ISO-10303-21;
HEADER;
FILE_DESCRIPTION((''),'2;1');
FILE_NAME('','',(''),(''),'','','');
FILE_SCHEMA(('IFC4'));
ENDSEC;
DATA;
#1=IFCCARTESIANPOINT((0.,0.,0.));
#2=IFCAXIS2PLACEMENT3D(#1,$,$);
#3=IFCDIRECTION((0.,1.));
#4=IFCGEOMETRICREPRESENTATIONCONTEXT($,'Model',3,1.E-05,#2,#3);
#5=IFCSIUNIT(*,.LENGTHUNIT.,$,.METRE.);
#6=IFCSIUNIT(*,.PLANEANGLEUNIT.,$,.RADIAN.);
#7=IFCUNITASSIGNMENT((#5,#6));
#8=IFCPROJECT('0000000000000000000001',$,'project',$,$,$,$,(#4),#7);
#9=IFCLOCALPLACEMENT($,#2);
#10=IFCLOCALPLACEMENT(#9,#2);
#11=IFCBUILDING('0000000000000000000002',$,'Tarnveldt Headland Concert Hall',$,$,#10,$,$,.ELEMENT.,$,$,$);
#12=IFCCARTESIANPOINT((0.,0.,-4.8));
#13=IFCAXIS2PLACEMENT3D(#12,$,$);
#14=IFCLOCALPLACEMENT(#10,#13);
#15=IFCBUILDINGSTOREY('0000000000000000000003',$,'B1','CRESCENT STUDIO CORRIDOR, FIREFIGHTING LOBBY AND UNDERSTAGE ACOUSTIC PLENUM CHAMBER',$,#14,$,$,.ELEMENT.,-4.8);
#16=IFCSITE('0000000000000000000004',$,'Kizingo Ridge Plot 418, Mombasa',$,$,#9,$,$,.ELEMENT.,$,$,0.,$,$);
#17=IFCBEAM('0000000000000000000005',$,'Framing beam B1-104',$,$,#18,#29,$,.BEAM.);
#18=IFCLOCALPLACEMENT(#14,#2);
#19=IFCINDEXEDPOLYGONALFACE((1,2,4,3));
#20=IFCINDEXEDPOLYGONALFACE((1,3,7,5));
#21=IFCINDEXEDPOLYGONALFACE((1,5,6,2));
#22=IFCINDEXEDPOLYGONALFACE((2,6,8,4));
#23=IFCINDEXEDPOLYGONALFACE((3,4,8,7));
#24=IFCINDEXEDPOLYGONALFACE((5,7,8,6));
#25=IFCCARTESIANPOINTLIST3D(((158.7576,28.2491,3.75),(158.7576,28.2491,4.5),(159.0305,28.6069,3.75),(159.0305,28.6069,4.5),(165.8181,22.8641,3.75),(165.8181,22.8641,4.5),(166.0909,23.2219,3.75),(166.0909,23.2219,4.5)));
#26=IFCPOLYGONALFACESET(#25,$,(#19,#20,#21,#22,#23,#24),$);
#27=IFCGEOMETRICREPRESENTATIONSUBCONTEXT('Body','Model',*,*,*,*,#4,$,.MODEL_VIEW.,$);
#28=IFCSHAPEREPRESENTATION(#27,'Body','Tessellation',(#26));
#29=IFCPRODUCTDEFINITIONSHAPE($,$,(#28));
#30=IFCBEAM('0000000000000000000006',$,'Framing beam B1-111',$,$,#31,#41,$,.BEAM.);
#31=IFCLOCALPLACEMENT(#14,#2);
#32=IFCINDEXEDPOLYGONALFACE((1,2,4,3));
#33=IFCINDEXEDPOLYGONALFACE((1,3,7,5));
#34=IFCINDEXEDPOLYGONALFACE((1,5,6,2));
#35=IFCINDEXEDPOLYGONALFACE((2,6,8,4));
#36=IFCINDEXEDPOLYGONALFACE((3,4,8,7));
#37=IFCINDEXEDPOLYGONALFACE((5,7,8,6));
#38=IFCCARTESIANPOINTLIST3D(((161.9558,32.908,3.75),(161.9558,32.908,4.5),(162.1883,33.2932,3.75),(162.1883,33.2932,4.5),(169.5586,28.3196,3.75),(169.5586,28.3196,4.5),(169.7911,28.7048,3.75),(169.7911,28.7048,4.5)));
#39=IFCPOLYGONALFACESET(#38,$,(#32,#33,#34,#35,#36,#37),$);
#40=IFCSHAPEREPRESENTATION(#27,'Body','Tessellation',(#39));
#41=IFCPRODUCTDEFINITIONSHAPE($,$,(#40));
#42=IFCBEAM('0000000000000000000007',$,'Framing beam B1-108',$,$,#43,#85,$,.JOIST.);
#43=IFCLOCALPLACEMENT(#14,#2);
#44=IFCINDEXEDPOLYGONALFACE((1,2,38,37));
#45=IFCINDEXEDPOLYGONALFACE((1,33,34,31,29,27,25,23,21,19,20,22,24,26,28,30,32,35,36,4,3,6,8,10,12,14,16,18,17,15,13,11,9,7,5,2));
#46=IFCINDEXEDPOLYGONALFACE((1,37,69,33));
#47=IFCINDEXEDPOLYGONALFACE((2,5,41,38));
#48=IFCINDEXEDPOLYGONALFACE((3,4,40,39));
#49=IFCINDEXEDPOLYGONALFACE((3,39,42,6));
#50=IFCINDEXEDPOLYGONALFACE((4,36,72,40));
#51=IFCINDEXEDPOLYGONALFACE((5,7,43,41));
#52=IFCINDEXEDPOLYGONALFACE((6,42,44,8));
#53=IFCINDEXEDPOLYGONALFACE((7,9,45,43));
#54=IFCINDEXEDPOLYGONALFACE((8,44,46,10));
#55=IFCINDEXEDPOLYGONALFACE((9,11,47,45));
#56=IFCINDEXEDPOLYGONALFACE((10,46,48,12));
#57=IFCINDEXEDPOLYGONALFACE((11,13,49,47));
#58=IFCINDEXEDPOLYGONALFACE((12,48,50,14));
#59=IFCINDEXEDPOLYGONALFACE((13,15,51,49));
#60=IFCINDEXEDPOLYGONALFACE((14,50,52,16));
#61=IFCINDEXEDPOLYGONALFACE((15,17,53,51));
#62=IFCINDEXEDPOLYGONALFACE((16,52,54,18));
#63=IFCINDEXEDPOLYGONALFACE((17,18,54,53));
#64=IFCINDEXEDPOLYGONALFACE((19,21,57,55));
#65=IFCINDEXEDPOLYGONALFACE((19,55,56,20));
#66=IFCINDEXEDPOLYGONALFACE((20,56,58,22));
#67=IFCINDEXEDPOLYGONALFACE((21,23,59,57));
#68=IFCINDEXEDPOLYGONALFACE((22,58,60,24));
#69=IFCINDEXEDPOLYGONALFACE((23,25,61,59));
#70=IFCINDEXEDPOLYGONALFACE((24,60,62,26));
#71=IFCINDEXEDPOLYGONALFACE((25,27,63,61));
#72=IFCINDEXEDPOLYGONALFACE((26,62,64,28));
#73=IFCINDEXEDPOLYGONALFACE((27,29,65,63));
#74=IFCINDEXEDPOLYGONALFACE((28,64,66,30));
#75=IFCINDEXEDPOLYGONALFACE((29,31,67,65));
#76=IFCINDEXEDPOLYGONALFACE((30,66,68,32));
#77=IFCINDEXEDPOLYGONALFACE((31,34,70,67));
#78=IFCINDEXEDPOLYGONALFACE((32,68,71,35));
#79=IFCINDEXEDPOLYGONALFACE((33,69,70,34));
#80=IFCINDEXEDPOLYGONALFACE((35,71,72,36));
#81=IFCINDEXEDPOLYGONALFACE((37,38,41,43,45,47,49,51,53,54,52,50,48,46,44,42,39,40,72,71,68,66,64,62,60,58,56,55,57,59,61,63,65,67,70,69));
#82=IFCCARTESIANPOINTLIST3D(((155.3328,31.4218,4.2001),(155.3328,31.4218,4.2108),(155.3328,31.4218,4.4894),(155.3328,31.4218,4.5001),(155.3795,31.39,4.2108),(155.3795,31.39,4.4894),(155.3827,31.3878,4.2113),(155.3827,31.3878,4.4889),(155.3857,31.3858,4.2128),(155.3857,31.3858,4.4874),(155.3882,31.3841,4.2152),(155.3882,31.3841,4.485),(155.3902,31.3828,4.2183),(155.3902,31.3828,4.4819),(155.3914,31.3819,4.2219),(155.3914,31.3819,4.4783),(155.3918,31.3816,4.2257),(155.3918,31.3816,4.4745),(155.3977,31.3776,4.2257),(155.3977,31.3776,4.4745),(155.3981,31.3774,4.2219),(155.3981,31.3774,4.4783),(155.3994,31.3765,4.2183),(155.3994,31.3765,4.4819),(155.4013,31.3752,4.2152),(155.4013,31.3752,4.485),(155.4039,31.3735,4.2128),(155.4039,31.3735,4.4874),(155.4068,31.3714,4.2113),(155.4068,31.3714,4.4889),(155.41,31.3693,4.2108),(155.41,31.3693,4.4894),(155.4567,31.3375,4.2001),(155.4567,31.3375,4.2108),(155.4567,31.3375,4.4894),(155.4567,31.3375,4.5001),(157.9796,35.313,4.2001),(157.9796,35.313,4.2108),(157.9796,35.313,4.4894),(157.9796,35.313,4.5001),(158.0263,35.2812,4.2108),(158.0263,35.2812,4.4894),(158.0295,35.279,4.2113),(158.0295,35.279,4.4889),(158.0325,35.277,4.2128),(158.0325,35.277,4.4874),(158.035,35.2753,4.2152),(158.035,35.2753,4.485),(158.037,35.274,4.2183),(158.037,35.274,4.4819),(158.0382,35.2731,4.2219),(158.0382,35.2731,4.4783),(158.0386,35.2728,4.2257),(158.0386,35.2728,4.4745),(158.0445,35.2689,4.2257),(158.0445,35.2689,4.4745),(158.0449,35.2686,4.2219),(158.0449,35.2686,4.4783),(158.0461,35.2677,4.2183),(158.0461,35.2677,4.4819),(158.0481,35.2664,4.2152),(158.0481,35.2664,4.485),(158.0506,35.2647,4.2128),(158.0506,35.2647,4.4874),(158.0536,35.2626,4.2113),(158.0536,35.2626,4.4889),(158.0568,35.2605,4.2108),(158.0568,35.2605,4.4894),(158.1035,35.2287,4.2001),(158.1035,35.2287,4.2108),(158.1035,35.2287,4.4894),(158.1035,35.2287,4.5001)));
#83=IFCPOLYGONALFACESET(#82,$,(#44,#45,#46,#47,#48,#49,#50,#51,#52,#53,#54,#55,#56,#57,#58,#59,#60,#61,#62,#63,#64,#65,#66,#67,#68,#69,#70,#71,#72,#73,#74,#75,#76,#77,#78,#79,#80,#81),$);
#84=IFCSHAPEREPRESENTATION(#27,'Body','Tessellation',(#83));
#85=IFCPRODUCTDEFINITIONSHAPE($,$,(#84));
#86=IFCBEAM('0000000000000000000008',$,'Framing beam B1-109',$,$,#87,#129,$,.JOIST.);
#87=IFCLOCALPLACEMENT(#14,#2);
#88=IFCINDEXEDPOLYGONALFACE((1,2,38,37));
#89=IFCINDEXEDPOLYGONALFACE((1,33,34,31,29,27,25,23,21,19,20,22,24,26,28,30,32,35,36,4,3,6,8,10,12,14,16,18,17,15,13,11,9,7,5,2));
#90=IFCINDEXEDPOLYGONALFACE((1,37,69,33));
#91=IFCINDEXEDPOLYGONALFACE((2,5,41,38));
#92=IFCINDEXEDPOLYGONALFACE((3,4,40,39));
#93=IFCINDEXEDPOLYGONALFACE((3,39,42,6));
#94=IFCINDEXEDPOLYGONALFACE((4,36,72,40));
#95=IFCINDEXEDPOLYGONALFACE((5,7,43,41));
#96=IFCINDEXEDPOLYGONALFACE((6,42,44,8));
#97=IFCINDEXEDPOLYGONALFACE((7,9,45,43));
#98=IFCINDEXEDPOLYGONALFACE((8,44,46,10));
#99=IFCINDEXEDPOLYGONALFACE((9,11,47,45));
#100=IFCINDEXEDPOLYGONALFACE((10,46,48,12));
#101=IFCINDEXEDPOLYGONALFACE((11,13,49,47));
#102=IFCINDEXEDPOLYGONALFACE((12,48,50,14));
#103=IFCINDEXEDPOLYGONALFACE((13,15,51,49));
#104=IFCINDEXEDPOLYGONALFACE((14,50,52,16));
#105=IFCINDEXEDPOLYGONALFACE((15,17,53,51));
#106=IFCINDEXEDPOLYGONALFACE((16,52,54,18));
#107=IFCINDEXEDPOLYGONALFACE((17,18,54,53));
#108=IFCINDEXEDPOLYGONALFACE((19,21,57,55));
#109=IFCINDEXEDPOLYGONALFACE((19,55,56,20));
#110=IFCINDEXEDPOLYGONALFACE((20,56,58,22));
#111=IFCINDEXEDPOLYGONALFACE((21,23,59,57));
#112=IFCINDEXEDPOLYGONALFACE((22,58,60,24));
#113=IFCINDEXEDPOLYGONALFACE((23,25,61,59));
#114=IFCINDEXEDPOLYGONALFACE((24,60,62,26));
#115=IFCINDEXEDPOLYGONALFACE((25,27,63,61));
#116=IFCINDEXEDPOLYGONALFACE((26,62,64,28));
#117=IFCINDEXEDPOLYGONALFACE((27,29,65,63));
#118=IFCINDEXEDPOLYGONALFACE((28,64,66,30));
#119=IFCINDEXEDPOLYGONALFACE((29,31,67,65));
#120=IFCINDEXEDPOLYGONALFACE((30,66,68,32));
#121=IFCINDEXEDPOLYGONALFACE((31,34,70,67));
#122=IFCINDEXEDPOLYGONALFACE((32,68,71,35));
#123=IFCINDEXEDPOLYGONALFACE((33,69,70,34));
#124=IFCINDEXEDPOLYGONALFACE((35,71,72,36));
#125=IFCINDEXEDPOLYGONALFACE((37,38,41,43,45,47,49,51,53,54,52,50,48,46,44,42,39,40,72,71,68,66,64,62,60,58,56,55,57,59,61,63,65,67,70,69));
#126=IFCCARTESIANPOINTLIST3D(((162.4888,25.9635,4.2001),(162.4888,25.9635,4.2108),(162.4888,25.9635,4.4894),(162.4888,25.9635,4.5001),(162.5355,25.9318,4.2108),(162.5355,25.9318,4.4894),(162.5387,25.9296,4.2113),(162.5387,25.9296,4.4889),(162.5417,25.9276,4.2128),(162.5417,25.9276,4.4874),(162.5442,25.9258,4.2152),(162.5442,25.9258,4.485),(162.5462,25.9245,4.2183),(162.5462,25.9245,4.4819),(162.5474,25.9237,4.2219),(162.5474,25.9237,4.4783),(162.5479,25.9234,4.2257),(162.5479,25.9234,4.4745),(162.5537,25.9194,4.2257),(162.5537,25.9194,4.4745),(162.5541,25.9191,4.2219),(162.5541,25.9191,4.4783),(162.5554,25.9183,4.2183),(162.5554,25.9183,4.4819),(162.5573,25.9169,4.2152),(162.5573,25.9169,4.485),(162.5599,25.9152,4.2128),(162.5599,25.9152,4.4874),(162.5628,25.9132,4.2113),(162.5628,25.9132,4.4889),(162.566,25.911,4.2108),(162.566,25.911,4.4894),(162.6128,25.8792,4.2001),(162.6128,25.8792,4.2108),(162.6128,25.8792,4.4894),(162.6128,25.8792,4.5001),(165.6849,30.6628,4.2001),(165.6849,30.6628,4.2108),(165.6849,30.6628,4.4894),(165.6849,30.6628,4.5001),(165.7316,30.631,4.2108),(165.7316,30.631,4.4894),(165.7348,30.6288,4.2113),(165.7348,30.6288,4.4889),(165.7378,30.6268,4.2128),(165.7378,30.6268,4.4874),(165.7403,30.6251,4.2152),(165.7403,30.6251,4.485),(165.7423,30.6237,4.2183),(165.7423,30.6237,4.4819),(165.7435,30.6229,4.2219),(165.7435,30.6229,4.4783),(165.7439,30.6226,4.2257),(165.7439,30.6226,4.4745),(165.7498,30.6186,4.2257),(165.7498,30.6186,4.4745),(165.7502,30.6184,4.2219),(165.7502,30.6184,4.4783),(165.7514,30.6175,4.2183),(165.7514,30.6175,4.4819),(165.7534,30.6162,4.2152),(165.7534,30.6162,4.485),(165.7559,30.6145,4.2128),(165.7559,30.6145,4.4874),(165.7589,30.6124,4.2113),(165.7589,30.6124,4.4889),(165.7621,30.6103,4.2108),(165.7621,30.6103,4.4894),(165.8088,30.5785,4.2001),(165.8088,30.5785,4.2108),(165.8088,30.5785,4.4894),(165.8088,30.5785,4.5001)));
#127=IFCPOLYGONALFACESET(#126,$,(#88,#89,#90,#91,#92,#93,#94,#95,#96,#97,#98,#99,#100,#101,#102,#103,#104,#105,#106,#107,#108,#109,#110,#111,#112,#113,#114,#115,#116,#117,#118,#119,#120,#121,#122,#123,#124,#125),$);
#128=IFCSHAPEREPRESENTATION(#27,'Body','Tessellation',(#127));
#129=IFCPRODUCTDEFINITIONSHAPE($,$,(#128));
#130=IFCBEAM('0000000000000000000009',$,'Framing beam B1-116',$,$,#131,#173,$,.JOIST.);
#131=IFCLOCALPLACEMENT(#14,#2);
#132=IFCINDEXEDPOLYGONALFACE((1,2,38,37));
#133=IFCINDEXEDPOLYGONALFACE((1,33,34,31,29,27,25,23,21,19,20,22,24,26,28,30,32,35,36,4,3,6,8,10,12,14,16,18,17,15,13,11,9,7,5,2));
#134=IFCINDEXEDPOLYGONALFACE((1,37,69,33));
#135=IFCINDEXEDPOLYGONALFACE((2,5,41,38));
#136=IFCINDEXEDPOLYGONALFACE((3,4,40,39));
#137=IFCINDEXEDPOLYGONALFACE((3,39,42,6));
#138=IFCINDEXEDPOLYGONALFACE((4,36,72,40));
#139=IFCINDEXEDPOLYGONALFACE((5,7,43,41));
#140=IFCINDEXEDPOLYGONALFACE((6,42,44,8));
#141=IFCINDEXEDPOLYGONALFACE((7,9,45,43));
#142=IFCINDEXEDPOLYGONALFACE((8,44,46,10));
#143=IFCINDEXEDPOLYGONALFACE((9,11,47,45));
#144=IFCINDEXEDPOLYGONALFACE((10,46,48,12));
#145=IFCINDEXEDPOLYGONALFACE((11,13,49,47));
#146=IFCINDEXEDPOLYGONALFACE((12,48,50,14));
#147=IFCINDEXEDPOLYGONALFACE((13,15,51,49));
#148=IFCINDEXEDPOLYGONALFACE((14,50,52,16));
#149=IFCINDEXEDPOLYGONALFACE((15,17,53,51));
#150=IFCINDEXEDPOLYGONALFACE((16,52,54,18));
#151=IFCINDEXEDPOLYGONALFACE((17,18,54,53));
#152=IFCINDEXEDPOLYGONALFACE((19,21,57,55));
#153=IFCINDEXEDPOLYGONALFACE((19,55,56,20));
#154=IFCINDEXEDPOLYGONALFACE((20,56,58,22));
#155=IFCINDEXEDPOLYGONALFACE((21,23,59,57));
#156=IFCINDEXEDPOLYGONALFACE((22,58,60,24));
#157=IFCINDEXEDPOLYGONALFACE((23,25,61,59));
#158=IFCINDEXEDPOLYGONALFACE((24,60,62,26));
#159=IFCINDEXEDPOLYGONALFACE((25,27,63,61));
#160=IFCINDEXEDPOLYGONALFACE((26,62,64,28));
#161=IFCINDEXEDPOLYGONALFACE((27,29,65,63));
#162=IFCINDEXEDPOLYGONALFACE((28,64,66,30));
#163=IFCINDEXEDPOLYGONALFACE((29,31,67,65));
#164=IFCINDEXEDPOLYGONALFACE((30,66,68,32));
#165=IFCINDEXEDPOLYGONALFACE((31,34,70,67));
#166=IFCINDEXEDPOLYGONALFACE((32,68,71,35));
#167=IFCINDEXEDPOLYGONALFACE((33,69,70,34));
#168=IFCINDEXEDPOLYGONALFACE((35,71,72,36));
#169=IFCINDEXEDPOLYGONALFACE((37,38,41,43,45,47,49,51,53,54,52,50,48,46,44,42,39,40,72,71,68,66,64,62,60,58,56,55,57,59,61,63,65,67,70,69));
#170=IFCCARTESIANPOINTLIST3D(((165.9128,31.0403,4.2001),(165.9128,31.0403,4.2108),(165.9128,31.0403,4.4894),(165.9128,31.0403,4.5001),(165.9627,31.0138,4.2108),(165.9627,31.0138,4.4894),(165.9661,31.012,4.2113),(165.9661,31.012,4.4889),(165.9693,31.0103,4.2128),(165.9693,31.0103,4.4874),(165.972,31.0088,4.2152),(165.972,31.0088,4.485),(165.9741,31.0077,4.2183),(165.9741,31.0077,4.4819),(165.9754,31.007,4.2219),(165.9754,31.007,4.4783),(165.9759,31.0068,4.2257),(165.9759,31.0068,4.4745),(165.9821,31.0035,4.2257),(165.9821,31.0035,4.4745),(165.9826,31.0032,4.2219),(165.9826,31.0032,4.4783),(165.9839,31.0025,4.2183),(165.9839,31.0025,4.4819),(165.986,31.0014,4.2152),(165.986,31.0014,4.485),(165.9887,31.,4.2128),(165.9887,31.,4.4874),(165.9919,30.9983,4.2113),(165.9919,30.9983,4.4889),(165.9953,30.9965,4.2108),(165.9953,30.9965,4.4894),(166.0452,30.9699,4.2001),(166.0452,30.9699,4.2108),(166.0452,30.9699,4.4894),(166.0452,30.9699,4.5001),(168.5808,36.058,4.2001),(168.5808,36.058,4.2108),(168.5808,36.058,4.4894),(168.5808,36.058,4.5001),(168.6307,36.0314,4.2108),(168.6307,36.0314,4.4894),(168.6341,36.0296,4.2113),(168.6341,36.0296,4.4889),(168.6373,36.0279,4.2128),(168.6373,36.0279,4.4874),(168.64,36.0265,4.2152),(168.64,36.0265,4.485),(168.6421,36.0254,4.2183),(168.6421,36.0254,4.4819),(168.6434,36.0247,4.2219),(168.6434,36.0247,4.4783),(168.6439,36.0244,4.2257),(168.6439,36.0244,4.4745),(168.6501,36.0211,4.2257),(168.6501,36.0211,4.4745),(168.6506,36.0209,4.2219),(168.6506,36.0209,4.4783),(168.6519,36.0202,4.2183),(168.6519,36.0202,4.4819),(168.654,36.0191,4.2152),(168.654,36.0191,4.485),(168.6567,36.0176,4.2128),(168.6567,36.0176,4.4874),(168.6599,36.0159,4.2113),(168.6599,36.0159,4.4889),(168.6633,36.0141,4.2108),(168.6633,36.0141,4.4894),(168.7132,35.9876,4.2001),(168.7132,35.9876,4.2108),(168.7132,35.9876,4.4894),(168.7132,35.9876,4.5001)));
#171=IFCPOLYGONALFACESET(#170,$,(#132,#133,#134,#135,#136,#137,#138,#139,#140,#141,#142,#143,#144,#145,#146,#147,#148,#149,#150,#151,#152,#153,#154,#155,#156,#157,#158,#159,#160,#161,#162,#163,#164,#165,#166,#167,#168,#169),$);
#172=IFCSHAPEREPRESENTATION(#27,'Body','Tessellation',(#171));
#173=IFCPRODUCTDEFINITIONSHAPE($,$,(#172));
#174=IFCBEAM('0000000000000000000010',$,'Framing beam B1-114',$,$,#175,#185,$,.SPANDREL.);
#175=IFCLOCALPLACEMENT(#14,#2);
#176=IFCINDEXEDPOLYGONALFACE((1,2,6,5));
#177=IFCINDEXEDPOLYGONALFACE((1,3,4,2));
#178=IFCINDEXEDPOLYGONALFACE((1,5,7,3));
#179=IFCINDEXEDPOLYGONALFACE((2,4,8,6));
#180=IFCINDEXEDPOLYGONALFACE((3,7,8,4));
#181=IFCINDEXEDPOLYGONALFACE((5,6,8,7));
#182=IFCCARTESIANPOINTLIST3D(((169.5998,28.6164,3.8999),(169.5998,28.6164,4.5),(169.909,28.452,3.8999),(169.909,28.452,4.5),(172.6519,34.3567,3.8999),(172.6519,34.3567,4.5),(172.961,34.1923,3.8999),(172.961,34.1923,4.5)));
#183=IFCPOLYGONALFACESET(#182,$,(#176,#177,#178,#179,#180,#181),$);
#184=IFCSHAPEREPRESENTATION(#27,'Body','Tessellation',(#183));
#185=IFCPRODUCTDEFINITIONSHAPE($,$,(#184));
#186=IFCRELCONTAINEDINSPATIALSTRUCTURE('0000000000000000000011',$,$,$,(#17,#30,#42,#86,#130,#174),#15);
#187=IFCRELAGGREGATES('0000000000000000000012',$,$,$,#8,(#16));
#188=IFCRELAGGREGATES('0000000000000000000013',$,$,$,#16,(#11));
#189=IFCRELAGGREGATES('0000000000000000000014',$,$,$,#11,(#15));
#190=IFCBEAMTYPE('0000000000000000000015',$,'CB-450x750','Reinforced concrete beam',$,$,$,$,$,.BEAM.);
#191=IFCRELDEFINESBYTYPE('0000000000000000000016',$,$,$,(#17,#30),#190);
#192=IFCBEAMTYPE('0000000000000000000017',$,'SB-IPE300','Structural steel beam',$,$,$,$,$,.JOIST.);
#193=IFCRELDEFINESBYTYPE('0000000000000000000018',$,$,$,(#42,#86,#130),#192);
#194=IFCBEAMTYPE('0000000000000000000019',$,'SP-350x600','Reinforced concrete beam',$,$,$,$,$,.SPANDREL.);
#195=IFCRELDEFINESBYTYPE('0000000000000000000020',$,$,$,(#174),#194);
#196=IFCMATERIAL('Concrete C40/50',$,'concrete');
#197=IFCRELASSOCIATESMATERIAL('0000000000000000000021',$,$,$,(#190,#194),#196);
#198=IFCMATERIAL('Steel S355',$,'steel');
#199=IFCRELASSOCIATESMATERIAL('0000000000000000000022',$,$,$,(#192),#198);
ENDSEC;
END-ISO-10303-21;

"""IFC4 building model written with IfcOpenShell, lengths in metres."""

from ifc_helpers import new_model, si_unit, direction, frame, origin, origin_2d, place, context, subcontext, project, spatial, rectangle, i_section, extrude, material, material_profile, profile_set, type_object, element, save


model = new_model("IFC4")

# Units and contexts
model_context = context("Model", 3, precision=1e-05, world=origin(), true_north=direction((0.0, 1.0)))
body_context = subcontext(model_context, "Body", "Model", "MODEL_VIEW")
ifc_project = project(units=[si_unit("LENGTHUNIT", "METRE"), si_unit("PLANEANGLEUNIT", "RADIAN")], contexts=[model_context])

# Site, building, storey
site_placement = place(None, origin())
site = spatial("IfcSite", under=ifc_project, at=site_placement, Name="Kizingo Ridge Plot 418, Mombasa", CompositionType="ELEMENT", RefElevation=0.0)
building_placement = place(site_placement, origin())
building = spatial("IfcBuilding", under=site, at=building_placement, Name="Tarnveldt Headland Concert Hall", CompositionType="ELEMENT")
storey_placement = place(building_placement, frame((0.0, 0.0, -4.8)))
storey = spatial("IfcBuildingStorey", under=building, at=storey_placement, Name="B1", Description="CRESCENT STUDIO CORRIDOR, FIREFIGHTING LOBBY AND UNDERSTAGE ACOUSTIC PLENUM CHAMBER", CompositionType="ELEMENT", Elevation=-4.8)

# Shared definitions
ifc_material_1 = material(Name="Concrete C40/50", Category="concrete")

# Beams
ifc_material_profile_1 = material_profile(ifc_material_1, rectangle(XDim=0.45, YDim=0.75, at=origin_2d()), Name="RC 450x750", Category="concrete")
ifc_profile_set_1 = profile_set([ifc_material_profile_1], Name="Concrete C40/50")
beam_type_1 = type_object("IfcBeamType", Name="CB-450x750", Description="Reinforced concrete beam", PredefinedType="BEAM", material=ifc_profile_set_1)
beam_1_placement = place(storey_placement, frame((158.894, 28.428, 4.125), z_axis=(0.795131, -0.606438, 0.0), x_axis=(0.606438, 0.795131, 0.0)))
element("IfcBeam", 1, at=beam_1_placement, inside=storey, type_object=beam_type_1, Name="Framing beam B1-104", PredefinedType="BEAM", context=body_context, shape_type="SweptSolid", body=[
    extrude(rectangle(XDim=0.45, YDim=0.75, at=origin_2d()), origin(), (0.0, 0.0, 1.0), 8.8796),
])
beam_2_placement = place(storey_placement, frame((162.072, 33.1006, 4.125), z_axis=(0.856163, -0.516706, 0.0), x_axis=(0.516706, 0.856163, 0.0)))
element("IfcBeam", 2, at=beam_2_placement, inside=storey, type_object=beam_type_1, Name="Framing beam B1-111", PredefinedType="BEAM", context=body_context, shape_type="SweptSolid", body=[
    extrude(rectangle(XDim=0.45, YDim=0.75, at=origin_2d()), origin(), (0.0, 0.0, 1.0), 8.8801),
])
ifc_material_2 = material(Name="Steel S355", Category="steel")
ifc_material_profile_2 = material_profile(ifc_material_2, i_section(OverallWidth=0.1499, OverallDepth=0.3, WebThickness=0.0071, FlangeThickness=0.0107, FilletRadius=0.0149, at=origin_2d()), Name="IPE300", Category="steel")
ifc_profile_set_2 = profile_set([ifc_material_profile_2], Name="Steel S355")
beam_type_2 = type_object("IfcBeamType", Name="SB-IPE300", Description="Structural steel beam", PredefinedType="JOIST", material=ifc_profile_set_2)
beam_3_placement = place(storey_placement, frame((155.3948, 31.3796, 4.3501), z_axis=(0.562422, 0.82685, 0.0), x_axis=(-0.82685, 0.562422, 0.0)))
element("IfcBeam", 3, at=beam_3_placement, inside=storey, type_object=beam_type_2, Name="Framing beam B1-108", PredefinedType="JOIST", context=body_context, shape_type="SweptSolid", body=[
    extrude(i_section(OverallWidth=0.1499, OverallDepth=0.3, WebThickness=0.0071, FlangeThickness=0.0107, FilletRadius=0.0149, at=origin_2d()), origin(), (0.0, 0.0, 1.0), 4.7061),
])
beam_4_placement = place(storey_placement, frame((162.5508, 25.9214, 4.3501), z_axis=(0.562379, 0.826879, 0.0), x_axis=(-0.826879, 0.562379, 0.0)))
element("IfcBeam", 4, at=beam_4_placement, inside=storey, type_object=beam_type_2, Name="Framing beam B1-109", PredefinedType="JOIST", context=body_context, shape_type="SweptSolid", body=[
    extrude(i_section(OverallWidth=0.1499, OverallDepth=0.3, WebThickness=0.0071, FlangeThickness=0.0107, FilletRadius=0.0149, at=origin_2d()), origin(), (0.0, 0.0, 1.0), 5.6831),
])
beam_5_placement = place(storey_placement, frame((165.979, 31.0051, 4.3501), z_axis=(0.469482, 0.882942, 0.0), x_axis=(-0.882942, 0.469482, 0.0)))
element("IfcBeam", 5, at=beam_5_placement, inside=storey, type_object=beam_type_2, Name="Framing beam B1-116", PredefinedType="JOIST", context=body_context, shape_type="SweptSolid", body=[
    extrude(i_section(OverallWidth=0.1499, OverallDepth=0.3, WebThickness=0.0071, FlangeThickness=0.0107, FilletRadius=0.0149, at=origin_2d()), origin(), (0.0, 0.0, 1.0), 5.6829),
])
ifc_material_profile_3 = material_profile(ifc_material_1, rectangle(XDim=0.3501, YDim=0.6001, at=origin_2d()), Name="RC SPANDREL 350x600", Category="concrete")
ifc_profile_set_3 = profile_set([ifc_material_profile_3], Name="Concrete C40/50")
beam_type_3 = type_object("IfcBeamType", Name="SP-350x600", Description="Reinforced concrete beam", PredefinedType="SPANDREL", material=ifc_profile_set_3)
beam_6_placement = place(storey_placement, frame((169.7544, 28.5342, 4.2), z_axis=(0.469455, 0.882956, 0.0), x_axis=(-0.882956, 0.469455, 0.0)))
element("IfcBeam", 6, at=beam_6_placement, inside=storey, type_object=beam_type_3, Name="Framing beam B1-114", PredefinedType="SPANDREL", context=body_context, shape_type="SweptSolid", body=[
    extrude(rectangle(XDim=0.3501, YDim=0.6001, at=origin_2d()), origin(), (0.0, 0.0, 1.0), 6.5012),
])

save(model, "model.ifc")
